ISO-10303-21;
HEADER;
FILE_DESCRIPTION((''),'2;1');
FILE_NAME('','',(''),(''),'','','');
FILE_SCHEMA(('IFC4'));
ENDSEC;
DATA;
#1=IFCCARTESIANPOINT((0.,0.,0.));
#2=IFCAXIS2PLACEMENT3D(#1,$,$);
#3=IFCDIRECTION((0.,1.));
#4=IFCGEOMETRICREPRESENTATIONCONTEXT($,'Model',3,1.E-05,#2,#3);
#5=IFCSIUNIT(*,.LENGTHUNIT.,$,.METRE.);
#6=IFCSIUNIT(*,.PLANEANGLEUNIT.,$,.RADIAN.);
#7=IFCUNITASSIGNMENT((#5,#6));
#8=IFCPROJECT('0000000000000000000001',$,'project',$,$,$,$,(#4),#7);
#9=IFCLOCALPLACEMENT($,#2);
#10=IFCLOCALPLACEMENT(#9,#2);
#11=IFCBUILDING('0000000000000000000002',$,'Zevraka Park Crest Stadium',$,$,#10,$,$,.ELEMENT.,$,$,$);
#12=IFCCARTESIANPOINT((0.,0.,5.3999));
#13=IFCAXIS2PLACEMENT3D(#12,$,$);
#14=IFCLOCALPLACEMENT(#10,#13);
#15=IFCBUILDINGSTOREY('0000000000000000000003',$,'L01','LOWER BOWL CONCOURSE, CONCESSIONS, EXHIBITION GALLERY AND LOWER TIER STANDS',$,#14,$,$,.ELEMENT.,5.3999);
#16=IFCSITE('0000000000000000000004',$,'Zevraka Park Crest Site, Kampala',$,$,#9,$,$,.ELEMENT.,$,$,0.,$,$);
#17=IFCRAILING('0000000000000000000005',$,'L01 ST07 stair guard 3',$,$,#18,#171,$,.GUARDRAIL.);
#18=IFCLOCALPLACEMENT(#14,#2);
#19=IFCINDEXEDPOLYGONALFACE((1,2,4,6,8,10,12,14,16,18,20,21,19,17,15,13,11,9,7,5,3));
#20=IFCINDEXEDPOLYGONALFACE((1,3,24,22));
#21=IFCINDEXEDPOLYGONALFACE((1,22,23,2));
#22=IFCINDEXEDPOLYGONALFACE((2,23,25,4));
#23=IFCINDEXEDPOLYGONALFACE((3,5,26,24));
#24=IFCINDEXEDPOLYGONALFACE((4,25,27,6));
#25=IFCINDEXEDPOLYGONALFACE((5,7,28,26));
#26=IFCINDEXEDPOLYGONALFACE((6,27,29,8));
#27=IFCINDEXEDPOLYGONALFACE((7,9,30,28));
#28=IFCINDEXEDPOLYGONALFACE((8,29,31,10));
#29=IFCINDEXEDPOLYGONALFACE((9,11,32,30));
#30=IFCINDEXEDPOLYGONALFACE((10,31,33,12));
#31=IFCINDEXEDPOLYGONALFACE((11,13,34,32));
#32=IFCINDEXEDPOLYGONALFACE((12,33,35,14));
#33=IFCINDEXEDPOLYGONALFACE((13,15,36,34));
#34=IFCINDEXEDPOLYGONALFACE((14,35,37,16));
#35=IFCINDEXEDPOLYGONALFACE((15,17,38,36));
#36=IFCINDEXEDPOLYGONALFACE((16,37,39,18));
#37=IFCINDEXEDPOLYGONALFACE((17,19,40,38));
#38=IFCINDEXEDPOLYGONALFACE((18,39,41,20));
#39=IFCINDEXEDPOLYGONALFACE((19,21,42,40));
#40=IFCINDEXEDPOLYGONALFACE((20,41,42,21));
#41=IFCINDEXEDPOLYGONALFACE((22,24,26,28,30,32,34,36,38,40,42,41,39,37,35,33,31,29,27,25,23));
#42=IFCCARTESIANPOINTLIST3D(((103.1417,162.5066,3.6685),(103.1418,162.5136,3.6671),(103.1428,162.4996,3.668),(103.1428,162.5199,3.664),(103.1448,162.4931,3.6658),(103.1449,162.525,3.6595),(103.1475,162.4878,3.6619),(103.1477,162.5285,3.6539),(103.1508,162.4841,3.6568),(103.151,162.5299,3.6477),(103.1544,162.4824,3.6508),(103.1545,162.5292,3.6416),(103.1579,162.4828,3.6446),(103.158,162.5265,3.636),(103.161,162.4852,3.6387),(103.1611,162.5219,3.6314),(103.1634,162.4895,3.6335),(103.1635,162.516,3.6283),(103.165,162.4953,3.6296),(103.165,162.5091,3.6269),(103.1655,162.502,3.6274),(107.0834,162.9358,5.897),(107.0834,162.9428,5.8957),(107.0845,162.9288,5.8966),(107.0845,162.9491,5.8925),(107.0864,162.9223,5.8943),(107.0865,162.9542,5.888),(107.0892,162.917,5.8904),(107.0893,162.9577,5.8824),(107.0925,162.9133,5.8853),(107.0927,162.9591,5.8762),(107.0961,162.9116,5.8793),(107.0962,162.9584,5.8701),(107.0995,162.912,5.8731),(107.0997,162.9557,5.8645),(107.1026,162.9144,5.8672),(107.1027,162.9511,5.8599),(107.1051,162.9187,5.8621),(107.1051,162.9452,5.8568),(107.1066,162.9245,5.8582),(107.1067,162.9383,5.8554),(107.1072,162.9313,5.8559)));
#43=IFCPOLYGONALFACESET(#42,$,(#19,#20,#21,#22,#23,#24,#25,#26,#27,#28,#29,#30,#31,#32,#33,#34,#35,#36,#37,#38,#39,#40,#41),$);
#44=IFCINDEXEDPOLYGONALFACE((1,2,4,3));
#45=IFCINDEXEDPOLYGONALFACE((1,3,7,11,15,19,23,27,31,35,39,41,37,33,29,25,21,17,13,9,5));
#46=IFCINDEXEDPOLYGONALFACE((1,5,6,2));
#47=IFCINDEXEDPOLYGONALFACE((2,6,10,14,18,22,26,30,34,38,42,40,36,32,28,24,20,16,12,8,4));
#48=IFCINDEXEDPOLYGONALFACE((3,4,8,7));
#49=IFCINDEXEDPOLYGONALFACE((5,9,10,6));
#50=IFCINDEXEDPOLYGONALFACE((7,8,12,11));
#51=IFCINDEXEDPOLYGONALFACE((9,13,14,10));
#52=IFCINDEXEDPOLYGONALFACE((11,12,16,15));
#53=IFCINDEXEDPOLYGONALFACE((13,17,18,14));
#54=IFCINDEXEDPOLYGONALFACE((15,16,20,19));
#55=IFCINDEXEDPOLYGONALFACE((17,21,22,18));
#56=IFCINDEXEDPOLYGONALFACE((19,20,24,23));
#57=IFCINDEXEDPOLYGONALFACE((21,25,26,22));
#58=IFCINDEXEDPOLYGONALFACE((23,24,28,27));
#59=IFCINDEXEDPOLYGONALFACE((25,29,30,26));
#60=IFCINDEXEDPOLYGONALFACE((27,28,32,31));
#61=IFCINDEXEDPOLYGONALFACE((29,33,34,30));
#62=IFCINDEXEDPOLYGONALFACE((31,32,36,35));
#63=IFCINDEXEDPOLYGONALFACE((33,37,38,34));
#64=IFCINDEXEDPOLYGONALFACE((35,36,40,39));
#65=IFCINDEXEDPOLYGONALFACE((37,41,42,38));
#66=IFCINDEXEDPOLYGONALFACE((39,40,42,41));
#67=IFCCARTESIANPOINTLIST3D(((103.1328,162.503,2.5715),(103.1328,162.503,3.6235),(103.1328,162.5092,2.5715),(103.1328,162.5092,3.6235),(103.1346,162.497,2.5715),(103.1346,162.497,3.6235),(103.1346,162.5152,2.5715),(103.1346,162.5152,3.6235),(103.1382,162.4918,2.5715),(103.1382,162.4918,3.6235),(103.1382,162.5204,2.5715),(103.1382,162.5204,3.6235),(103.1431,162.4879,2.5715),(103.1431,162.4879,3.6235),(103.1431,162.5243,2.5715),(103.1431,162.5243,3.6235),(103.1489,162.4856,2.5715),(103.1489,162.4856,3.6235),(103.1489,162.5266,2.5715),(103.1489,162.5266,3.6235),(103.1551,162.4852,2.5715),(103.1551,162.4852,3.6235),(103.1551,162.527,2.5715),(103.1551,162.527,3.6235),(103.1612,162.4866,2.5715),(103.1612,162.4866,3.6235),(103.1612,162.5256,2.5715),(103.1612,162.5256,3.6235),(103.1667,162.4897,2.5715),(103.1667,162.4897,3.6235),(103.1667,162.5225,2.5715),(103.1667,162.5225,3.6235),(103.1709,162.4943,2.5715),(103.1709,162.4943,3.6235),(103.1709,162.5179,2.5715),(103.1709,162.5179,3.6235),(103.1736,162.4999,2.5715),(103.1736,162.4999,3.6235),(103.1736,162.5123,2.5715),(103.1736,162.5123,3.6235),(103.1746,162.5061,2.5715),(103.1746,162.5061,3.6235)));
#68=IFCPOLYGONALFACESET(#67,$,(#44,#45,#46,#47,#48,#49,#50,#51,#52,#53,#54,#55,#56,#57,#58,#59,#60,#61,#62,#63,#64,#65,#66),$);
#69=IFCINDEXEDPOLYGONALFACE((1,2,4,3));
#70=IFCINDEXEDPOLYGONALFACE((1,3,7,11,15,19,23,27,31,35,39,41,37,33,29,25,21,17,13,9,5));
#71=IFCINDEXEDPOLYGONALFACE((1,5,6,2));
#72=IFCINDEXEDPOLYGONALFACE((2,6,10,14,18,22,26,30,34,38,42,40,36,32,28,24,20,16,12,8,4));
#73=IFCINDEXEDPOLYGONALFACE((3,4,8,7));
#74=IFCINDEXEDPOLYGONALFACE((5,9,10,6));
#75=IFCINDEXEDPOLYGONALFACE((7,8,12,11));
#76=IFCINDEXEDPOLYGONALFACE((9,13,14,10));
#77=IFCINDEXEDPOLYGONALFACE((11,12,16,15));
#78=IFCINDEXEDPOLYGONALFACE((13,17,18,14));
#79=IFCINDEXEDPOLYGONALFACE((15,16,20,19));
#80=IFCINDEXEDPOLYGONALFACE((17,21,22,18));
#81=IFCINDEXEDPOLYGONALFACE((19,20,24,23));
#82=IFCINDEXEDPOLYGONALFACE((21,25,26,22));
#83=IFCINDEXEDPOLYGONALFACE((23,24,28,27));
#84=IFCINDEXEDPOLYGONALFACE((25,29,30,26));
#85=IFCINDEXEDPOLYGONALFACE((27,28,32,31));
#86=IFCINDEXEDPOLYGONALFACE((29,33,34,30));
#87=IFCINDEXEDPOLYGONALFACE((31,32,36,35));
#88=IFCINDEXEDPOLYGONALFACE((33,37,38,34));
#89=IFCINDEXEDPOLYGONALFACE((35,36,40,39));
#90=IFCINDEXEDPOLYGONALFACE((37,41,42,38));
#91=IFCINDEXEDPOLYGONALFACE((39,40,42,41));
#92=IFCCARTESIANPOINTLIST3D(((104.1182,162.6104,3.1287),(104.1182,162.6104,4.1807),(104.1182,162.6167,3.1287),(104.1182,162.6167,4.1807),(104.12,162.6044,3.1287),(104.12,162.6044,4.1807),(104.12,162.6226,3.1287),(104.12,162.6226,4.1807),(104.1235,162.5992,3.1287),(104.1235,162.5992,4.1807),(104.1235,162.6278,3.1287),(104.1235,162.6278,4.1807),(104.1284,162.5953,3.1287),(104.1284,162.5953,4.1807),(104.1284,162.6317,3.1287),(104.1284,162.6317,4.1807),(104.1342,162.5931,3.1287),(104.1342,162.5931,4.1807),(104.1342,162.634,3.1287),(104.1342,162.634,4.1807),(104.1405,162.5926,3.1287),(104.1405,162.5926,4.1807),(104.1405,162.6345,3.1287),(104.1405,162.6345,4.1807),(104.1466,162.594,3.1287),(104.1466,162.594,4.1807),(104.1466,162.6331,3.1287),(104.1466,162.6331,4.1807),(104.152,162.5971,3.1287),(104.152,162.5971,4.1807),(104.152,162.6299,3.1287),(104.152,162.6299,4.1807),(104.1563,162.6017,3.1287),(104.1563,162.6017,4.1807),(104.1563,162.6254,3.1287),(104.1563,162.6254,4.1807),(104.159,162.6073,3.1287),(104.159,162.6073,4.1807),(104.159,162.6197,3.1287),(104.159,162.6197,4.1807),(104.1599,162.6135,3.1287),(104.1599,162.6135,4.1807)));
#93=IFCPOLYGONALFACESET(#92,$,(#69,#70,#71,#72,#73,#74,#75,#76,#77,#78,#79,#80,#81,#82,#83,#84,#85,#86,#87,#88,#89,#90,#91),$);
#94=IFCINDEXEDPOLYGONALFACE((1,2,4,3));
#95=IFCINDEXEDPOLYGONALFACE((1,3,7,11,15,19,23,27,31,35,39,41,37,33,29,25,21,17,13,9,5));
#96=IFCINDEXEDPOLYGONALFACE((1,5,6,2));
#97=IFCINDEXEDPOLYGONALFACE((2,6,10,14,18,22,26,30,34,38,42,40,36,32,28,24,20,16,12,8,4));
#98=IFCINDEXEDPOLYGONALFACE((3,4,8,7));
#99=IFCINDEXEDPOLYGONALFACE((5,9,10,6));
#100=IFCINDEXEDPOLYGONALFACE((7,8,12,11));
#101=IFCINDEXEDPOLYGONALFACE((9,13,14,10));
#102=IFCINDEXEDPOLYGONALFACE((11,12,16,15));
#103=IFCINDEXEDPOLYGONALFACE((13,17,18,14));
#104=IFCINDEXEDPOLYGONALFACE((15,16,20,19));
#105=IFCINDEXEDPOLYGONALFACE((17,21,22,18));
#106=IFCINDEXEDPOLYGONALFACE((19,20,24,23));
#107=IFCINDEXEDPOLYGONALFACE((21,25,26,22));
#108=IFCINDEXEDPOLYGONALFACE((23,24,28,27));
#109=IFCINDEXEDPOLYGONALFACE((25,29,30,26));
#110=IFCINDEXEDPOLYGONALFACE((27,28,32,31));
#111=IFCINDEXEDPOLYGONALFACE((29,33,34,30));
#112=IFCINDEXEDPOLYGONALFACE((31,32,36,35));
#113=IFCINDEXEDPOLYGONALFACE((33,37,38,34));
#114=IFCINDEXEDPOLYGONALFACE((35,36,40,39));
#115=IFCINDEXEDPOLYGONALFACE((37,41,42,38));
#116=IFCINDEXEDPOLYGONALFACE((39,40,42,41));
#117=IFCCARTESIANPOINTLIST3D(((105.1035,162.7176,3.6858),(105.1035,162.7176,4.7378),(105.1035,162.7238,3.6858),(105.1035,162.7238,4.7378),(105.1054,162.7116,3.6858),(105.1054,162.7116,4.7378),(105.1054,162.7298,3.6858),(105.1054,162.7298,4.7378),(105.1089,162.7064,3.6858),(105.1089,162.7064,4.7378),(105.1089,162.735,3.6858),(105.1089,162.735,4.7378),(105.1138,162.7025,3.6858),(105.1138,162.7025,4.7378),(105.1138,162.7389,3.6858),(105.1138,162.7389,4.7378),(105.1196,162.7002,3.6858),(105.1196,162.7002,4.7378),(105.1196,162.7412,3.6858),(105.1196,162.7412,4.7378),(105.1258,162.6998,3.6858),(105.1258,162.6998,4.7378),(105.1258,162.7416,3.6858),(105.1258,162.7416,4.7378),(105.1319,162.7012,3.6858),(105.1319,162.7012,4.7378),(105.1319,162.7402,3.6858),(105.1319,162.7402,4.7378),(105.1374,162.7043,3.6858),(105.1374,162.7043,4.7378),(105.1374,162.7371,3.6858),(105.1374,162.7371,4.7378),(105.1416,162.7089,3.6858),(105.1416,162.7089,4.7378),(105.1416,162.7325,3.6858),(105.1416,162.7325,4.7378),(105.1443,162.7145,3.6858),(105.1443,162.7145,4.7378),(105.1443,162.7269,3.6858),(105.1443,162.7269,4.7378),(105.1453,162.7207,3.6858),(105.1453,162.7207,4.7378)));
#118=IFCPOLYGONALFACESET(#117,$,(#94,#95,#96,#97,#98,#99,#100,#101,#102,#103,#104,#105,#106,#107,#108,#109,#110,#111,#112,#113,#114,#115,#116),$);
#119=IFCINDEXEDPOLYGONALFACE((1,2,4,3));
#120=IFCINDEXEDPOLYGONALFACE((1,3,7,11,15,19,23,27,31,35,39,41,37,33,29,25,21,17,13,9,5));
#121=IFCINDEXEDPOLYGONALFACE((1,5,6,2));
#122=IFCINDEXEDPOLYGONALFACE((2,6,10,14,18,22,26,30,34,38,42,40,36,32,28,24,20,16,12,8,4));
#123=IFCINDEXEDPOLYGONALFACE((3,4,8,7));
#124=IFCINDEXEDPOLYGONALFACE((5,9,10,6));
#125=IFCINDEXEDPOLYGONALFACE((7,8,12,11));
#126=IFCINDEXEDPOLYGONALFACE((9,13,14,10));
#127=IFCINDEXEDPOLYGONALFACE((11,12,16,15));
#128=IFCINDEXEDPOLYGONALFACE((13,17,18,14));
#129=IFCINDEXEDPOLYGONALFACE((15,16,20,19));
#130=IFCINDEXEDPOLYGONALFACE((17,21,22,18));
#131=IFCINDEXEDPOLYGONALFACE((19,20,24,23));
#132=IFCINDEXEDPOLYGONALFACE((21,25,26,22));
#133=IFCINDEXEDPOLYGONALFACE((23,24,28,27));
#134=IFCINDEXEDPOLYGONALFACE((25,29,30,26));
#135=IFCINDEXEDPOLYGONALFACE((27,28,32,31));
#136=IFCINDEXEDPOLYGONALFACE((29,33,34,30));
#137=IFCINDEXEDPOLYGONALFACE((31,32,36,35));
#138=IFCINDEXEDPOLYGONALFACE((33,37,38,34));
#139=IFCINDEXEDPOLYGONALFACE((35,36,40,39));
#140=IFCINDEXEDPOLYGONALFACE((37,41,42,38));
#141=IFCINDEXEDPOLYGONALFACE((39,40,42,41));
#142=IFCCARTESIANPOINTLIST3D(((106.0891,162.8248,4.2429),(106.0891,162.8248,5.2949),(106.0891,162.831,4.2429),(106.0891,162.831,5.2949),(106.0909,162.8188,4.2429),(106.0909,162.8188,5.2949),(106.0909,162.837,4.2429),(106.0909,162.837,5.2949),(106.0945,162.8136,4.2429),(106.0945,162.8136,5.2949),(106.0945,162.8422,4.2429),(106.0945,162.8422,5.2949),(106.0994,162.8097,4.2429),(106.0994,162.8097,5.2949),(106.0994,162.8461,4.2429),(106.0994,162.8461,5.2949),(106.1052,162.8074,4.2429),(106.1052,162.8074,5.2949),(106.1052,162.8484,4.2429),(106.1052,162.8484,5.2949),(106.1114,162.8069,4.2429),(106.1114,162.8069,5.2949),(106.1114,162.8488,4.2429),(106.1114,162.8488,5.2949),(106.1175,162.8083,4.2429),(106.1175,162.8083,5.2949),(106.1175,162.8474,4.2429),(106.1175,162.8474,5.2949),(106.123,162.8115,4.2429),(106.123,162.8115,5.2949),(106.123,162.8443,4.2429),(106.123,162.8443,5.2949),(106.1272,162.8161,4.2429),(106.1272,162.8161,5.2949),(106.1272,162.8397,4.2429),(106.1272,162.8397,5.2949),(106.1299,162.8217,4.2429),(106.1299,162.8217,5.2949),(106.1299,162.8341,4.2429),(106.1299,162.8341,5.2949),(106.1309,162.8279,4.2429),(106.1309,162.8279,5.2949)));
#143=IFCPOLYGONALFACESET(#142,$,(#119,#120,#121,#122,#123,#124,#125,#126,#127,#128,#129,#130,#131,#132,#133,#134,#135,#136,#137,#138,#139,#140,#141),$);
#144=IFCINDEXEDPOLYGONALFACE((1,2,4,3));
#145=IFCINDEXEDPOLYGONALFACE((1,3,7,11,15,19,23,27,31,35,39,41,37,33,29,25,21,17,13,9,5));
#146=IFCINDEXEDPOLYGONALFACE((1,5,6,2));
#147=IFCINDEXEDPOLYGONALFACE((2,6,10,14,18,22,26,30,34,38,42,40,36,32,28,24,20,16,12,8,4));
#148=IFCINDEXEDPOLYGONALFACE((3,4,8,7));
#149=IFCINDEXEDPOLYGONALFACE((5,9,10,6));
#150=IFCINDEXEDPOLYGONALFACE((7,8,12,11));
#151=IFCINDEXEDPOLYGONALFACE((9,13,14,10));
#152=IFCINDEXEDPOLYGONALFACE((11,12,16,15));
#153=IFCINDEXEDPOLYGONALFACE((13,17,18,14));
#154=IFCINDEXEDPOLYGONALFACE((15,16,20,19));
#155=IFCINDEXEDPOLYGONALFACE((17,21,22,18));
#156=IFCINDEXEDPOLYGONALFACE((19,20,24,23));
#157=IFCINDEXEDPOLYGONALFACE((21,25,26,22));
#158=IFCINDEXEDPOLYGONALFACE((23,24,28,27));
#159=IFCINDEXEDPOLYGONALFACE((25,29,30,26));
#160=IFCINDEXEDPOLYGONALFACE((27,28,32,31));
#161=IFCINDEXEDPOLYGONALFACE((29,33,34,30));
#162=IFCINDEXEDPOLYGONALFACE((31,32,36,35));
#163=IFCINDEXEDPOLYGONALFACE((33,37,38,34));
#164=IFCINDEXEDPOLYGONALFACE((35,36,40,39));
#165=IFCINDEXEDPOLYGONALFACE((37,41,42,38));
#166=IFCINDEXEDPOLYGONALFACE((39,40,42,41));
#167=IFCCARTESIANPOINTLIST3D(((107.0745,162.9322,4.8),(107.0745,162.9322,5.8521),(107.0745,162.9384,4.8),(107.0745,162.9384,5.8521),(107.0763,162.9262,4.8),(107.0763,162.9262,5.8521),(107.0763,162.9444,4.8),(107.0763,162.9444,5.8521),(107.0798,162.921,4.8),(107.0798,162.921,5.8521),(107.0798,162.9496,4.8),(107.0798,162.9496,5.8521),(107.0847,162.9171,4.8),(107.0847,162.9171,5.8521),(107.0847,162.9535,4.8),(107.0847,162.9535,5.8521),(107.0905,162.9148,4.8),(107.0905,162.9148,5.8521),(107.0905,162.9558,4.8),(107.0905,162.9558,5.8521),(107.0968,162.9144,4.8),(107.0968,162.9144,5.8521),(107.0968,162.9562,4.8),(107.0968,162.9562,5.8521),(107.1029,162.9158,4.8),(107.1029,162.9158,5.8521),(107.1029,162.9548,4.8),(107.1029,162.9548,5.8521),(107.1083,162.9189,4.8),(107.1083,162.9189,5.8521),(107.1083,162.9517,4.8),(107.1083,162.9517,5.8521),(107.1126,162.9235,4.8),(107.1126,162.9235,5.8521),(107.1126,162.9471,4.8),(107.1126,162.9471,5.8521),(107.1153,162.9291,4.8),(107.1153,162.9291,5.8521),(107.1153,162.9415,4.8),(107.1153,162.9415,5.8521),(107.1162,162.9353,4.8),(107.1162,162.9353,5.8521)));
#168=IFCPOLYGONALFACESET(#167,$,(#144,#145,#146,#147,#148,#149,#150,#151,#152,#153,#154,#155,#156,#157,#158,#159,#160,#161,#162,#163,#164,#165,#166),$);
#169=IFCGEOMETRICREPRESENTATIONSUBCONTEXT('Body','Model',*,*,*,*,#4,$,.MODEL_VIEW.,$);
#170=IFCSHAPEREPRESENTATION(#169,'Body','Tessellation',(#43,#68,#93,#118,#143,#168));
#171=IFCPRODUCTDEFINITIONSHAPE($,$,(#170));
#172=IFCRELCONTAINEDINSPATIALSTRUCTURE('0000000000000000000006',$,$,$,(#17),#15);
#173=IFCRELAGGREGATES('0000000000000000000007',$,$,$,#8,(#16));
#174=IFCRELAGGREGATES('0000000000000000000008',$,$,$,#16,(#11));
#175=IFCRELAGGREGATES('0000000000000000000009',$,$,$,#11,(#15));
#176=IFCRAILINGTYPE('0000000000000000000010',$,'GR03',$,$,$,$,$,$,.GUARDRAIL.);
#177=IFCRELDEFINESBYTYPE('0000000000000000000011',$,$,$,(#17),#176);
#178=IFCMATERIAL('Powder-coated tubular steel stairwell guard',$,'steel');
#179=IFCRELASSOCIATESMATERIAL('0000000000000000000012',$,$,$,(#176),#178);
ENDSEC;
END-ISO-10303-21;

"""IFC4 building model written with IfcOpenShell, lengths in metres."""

from ifc_helpers import new_model, si_unit, direction, frame, origin, origin_2d, place, context, subcontext, project, spatial, circle, extrude, material, type_object, element, save


model = new_model("IFC4")

# Units and contexts
model_context = context("Model", 3, precision=1e-05, world=origin(), true_north=direction((0.0, 1.0)))
body_context = subcontext(model_context, "Body", "Model", "MODEL_VIEW")
ifc_project = project(units=[si_unit("LENGTHUNIT", "METRE"), si_unit("PLANEANGLEUNIT", "RADIAN")], contexts=[model_context])

# Site, building, storey
site_placement = place(None, origin())
site = spatial("IfcSite", under=ifc_project, at=site_placement, Name="Zevraka Park Crest Site, Kampala", CompositionType="ELEMENT", RefElevation=0.0)
building_placement = place(site_placement, origin())
building = spatial("IfcBuilding", under=site, at=building_placement, Name="Zevraka Park Crest Stadium", CompositionType="ELEMENT")
storey_placement = place(building_placement, frame((0.0, 0.0, 5.3999)))
storey = spatial("IfcBuildingStorey", under=building, at=storey_placement, Name="L01", Description="LOWER BOWL CONCOURSE, CONCESSIONS, EXHIBITION GALLERY AND LOWER TIER STANDS", CompositionType="ELEMENT", Elevation=5.3999)

# Railing
ifc_material_1 = material(Name="Powder-coated tubular steel stairwell guard", Category="steel")
railing_type_1 = type_object("IfcRailingType", Name="GR03", PredefinedType="GUARDRAIL", material=ifc_material_1)
railing_1_placement = place(storey_placement, frame((103.1536, 162.5061, 2.5715)))
element("IfcRailing", 1, at=railing_1_placement, inside=storey, type_object=railing_type_1, Name="L01 ST07 stair guard 3", PredefinedType="GUARDRAIL", context=body_context, shape_type="SweptSolid", body=[
    extrude(circle(Radius=0.0239, at=origin_2d()), frame((0.0, 0.0, 1.0762), z_axis=(0.866619, 0.094365, 0.489966), x_axis=(-0.108248, 0.994124, 0.0)), (0.0, 0.0, 1.0), 4.5483),
    extrude(circle(Radius=0.021, at=origin_2d()), origin(), (0.0, 0.0, 1.0), 1.052),
    extrude(circle(Radius=0.021, at=origin_2d()), frame((0.9854, 0.1074, 0.5571)), (0.0, 0.0, 1.0), 1.052),
    extrude(circle(Radius=0.021, at=origin_2d()), frame((1.9707, 0.2146, 1.1143)), (0.0, 0.0, 1.0), 1.052),
    extrude(circle(Radius=0.021, at=origin_2d()), frame((2.9563, 0.3218, 1.6714)), (0.0, 0.0, 1.0), 1.052),
    extrude(circle(Radius=0.021, at=origin_2d()), frame((3.9417, 0.4292, 2.2285)), (0.0, 0.0, 1.0), 1.052),
])

save(model, "model.ifc")
